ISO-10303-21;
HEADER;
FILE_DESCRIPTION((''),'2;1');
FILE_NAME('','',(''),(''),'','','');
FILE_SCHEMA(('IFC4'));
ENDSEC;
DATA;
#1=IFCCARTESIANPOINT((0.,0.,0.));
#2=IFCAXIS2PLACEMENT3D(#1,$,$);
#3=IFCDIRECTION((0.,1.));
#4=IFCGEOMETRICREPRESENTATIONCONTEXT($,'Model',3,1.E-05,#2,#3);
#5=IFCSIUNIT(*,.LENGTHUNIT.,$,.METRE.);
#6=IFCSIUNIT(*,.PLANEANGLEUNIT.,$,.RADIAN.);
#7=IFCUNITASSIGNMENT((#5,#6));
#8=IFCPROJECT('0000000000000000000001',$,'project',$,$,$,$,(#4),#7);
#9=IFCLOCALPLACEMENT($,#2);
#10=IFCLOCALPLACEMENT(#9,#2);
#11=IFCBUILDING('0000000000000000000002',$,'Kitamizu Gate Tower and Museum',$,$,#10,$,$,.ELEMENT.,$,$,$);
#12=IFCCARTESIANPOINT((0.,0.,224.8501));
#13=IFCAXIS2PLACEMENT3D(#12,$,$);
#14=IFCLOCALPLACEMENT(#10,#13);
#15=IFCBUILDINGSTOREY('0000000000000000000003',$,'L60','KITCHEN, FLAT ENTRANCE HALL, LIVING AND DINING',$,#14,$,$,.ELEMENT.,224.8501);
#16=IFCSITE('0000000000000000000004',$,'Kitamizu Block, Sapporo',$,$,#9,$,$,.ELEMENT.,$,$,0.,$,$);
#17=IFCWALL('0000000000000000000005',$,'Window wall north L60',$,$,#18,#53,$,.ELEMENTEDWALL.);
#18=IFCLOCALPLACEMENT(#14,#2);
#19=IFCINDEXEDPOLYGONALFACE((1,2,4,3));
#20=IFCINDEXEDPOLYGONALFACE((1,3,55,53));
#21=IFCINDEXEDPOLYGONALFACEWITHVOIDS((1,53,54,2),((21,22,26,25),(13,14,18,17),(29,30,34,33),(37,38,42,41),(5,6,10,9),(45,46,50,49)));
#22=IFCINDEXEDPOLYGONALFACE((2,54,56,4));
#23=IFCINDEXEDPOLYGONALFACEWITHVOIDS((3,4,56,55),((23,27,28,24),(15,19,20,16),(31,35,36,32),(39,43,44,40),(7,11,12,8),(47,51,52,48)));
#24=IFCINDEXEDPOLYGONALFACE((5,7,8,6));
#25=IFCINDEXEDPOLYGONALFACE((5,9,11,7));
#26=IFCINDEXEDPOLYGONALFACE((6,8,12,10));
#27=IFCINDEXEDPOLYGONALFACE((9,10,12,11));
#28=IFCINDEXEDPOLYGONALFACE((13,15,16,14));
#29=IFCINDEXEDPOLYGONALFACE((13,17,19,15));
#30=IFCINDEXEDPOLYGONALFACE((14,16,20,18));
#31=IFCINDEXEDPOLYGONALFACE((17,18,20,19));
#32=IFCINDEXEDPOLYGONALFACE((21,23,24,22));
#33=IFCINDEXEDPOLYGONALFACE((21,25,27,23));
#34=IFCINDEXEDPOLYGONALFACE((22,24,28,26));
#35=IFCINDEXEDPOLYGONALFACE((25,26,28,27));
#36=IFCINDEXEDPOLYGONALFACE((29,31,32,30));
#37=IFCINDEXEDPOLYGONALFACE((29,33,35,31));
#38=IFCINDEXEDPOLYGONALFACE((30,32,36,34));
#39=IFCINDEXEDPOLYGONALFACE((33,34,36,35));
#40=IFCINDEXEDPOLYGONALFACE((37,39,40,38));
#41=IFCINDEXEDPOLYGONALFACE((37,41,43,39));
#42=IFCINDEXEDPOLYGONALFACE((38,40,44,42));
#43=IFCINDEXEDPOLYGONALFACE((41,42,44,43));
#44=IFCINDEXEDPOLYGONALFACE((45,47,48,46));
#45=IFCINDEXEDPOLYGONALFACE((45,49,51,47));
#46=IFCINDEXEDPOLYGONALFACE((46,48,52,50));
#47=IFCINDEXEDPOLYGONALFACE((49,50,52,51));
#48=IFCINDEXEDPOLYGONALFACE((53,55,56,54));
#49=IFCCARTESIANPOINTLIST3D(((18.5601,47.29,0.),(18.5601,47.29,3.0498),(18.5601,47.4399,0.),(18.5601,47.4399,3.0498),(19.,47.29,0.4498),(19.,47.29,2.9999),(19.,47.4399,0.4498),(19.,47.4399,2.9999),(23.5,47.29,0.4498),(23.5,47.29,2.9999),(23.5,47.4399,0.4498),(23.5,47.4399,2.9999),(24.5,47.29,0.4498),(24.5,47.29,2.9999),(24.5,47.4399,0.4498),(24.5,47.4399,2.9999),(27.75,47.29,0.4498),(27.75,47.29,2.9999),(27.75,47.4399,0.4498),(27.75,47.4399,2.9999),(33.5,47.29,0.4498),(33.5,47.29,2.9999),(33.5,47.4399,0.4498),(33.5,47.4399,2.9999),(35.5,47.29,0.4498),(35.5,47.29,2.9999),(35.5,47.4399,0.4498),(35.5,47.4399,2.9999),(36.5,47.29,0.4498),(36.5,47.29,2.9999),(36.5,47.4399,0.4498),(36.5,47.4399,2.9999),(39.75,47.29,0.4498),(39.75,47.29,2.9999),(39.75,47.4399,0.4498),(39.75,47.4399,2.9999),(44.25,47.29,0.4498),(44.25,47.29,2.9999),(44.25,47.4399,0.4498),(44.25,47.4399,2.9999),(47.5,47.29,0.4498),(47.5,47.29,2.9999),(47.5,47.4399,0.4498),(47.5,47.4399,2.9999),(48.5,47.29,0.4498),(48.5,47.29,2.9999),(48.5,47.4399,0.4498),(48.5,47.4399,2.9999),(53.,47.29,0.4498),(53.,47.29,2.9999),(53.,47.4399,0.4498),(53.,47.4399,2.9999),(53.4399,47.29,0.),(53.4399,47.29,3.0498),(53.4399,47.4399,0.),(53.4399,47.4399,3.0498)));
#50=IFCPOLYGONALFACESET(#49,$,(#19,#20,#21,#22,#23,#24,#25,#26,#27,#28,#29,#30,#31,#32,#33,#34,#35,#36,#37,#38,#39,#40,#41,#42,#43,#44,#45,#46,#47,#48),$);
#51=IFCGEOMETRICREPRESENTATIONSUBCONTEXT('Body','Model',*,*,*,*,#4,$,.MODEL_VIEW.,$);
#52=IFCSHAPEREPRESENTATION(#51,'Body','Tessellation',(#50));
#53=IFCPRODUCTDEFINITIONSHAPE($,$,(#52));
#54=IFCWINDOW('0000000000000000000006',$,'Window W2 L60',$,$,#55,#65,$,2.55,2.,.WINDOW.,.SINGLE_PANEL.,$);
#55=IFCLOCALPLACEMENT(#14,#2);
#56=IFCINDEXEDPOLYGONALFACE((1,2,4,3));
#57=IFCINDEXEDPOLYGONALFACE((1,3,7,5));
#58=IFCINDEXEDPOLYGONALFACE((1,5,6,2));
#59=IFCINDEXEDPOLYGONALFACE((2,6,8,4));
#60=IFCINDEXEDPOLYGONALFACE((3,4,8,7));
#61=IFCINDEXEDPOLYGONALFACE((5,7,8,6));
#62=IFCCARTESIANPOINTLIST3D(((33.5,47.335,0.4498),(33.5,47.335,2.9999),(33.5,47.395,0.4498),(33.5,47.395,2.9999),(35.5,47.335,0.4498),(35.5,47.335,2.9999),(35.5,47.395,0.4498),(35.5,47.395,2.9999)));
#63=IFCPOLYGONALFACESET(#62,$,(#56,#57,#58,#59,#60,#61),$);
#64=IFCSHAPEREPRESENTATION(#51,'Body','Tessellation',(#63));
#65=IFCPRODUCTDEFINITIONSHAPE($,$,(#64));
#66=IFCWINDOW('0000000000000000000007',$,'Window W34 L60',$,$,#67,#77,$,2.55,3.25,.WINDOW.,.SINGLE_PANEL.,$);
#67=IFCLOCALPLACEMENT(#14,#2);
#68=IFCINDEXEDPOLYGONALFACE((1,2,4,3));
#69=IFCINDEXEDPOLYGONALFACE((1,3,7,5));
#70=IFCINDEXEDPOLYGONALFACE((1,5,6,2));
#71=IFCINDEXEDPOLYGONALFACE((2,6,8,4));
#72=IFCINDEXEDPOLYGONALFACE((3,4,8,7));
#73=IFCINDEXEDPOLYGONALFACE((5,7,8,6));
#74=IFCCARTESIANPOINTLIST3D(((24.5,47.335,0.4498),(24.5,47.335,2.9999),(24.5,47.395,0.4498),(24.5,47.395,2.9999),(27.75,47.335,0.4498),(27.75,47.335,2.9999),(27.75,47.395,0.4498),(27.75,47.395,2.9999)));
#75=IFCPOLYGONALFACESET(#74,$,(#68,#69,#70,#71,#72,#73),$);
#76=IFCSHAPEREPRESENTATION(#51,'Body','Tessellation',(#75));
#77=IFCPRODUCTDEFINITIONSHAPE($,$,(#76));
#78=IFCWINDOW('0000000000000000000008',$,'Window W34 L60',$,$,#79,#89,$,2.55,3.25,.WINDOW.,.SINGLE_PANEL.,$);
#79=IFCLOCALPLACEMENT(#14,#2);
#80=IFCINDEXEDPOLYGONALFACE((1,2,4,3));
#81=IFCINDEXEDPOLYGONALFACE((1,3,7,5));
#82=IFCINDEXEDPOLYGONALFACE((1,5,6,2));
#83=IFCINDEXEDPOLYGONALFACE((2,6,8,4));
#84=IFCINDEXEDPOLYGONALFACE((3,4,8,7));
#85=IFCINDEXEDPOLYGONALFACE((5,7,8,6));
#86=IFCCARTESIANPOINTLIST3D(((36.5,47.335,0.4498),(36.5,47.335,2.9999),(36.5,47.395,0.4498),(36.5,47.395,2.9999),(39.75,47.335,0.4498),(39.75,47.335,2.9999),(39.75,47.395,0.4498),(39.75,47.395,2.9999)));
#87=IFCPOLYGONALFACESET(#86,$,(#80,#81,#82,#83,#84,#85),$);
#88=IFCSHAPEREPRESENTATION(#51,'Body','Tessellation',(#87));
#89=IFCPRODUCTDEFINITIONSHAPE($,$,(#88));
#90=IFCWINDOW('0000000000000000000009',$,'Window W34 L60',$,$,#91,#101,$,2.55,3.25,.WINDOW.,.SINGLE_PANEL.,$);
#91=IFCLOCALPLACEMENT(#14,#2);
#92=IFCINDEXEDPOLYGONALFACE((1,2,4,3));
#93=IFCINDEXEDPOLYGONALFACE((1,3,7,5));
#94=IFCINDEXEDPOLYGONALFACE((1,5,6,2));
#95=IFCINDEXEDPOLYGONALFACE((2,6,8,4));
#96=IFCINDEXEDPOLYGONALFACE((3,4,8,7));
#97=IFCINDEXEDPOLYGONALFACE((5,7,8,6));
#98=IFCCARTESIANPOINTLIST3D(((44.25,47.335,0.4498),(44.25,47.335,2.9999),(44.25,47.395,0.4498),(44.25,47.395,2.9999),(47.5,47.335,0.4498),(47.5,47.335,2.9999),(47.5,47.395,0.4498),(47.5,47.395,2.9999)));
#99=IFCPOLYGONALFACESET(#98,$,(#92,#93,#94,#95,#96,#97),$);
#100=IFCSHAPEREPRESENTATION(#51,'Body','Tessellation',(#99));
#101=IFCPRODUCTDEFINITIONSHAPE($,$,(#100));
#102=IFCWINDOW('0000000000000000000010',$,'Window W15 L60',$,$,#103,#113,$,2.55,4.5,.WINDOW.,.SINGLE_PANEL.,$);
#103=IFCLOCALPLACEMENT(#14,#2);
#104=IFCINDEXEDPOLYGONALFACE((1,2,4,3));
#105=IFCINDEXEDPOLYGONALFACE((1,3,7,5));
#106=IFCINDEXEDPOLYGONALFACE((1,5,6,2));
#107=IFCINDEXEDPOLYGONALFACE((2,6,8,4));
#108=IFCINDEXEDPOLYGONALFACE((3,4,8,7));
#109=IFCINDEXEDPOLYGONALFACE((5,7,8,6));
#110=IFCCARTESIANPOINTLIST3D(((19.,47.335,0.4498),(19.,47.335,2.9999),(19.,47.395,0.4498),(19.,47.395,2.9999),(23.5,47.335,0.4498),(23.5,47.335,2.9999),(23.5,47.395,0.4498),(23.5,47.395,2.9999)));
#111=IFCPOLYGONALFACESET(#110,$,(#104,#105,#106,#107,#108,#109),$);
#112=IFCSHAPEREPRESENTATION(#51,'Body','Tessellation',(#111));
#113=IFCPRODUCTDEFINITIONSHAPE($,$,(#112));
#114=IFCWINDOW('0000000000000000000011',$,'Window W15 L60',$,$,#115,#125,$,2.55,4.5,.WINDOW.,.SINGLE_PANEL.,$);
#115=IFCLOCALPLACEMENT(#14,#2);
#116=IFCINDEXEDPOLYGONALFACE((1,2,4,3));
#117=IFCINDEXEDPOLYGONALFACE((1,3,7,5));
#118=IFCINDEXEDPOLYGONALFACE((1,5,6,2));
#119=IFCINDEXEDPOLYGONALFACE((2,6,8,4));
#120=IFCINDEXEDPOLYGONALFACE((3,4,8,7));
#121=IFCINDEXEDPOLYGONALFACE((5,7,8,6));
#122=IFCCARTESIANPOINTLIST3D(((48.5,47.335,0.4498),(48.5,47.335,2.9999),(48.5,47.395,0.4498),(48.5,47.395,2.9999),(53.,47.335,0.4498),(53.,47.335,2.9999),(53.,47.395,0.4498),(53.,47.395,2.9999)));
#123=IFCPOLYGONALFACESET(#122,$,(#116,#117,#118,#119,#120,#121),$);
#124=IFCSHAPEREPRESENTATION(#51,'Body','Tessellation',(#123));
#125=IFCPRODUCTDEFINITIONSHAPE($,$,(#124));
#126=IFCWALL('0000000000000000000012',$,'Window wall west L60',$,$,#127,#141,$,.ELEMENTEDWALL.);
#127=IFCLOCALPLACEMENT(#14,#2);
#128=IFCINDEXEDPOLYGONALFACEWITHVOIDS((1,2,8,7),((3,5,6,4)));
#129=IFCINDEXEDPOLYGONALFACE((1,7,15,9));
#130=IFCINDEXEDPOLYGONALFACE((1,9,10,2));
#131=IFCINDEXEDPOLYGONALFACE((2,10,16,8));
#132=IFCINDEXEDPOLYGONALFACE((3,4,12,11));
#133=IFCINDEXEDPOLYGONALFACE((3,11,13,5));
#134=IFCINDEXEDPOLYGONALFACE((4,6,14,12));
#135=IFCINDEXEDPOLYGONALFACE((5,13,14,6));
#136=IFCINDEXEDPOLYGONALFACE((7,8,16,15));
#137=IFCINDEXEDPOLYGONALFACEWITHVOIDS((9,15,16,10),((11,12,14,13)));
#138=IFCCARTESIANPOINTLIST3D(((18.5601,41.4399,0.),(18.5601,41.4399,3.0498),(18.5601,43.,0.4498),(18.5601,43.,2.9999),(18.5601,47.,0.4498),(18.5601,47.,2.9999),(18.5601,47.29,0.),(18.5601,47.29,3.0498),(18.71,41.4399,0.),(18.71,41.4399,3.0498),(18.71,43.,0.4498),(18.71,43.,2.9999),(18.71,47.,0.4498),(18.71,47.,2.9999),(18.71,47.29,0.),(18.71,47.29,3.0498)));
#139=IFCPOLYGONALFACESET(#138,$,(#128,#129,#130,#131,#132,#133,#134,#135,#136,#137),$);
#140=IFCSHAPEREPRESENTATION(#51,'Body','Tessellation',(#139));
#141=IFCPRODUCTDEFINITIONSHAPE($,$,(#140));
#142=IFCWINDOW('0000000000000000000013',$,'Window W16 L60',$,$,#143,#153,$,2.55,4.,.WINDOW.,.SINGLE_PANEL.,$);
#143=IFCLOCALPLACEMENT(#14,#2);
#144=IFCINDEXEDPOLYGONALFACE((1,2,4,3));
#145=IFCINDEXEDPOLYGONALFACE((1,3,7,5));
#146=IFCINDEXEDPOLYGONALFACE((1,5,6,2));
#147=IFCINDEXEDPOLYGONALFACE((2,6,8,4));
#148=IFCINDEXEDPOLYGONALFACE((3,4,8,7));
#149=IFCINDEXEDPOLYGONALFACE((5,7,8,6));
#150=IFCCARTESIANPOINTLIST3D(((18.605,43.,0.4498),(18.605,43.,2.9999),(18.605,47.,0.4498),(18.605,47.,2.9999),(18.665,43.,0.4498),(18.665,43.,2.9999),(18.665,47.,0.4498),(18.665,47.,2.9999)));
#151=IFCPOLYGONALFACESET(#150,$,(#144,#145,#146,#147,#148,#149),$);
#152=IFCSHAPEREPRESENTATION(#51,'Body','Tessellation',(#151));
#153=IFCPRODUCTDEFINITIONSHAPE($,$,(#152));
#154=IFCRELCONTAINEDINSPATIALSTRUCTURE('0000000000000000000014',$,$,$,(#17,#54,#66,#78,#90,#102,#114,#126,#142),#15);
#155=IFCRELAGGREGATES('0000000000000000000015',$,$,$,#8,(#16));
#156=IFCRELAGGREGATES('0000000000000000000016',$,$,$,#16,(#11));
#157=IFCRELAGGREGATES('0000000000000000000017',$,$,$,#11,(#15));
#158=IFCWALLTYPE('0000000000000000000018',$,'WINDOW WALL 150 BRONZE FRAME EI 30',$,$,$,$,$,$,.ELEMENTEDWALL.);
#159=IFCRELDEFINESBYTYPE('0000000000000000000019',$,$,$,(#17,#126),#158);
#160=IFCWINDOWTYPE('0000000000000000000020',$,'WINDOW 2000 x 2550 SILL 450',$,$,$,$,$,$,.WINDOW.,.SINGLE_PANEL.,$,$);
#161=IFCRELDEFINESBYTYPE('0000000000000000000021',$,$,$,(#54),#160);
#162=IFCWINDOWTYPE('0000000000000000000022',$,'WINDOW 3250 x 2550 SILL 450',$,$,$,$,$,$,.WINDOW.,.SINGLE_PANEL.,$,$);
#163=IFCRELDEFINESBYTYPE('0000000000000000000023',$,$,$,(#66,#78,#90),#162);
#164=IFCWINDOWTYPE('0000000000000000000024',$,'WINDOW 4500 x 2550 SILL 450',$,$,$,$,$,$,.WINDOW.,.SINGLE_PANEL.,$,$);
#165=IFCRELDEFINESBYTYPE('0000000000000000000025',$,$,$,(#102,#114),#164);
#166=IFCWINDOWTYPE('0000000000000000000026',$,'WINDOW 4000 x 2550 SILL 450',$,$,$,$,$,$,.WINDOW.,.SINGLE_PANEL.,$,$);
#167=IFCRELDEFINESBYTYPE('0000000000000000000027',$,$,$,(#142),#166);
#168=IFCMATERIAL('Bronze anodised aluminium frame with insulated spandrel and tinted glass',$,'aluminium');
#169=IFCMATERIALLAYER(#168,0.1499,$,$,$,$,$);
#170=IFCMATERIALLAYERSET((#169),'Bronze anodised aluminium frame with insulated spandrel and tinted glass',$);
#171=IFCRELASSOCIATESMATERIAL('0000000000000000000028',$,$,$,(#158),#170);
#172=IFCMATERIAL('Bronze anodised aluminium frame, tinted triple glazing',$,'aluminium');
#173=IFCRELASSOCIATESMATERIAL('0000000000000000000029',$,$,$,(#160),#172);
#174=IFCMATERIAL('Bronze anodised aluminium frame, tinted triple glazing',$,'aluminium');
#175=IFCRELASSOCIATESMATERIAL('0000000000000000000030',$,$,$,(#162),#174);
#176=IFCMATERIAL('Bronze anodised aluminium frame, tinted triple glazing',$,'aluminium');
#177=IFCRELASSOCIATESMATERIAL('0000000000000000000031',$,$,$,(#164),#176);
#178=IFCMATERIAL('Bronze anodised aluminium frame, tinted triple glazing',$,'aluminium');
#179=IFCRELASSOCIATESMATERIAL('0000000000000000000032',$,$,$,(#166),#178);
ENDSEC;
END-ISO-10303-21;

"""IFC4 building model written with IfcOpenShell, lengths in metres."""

from ifc_helpers import new_model, si_unit, direction, frame, frame_2d, origin, place, context, subcontext, project, spatial, rectangle, extrude, material, layer, layer_set, type_object, element, fill, save


model = new_model("IFC4")

# Units and contexts
model_context = context("Model", 3, precision=1e-05, world=origin(), true_north=direction((0.0, 1.0)))
body_context = subcontext(model_context, "Body", "Model", "MODEL_VIEW")
ifc_project = project(units=[si_unit("LENGTHUNIT", "METRE"), si_unit("PLANEANGLEUNIT", "RADIAN")], contexts=[model_context])

# Site, building, storey
site_placement = place(None, origin())
site = spatial("IfcSite", under=ifc_project, at=site_placement, Name="Kitamizu Block, Sapporo", CompositionType="ELEMENT", RefElevation=0.0)
building_placement = place(site_placement, origin())
building = spatial("IfcBuilding", under=site, at=building_placement, Name="Kitamizu Gate Tower and Museum", CompositionType="ELEMENT")
storey_placement = place(building_placement, frame((0.0, 0.0, 224.8501)))
storey = spatial("IfcBuildingStorey", under=building, at=storey_placement, Name="L60", Description="KITCHEN, FLAT ENTRANCE HALL, LIVING AND DINING", CompositionType="ELEMENT", Elevation=224.8501)

# Wall, openings, windows
ifc_material_1 = material(Name="Bronze anodised aluminium frame with insulated spandrel and tinted glass", Category="aluminium")
ifc_layer_1 = layer(ifc_material_1, 0.1499)
ifc_layer_set_1 = layer_set([ifc_layer_1], Name="Bronze anodised aluminium frame with insulated spandrel and tinted glass")
wall_type_1 = type_object("IfcWallType", Name="WINDOW WALL 150 BRONZE FRAME EI 30", PredefinedType="ELEMENTEDWALL", material=ifc_layer_set_1)
wall_1_placement = place(storey_placement, frame((18.5601, 47.365, 0.0), z_axis=(0.0, 0.0, 1.0), x_axis=(1.0, 0.0, 0.0)))
wall_1 = element("IfcWall", 1, at=wall_1_placement, inside=storey, type_object=wall_type_1, Name="Window wall north L60", PredefinedType="ELEMENTEDWALL", context=body_context, shape_type="SweptSolid", body=[
    extrude(rectangle(XDim=34.8799, YDim=0.1499, at=frame_2d((17.4399, 0.0))), origin(), (0.0, 0.0, 1.0), 3.0498),
])
opening_1_placement = place(wall_1_placement, frame((0.4399, 0.0, 0.45)))
opening_1 = element("IfcOpeningElement", 2, at=opening_1_placement, cuts=wall_1, PredefinedType="OPENING", context=body_context, shape_type="SweptSolid", body=[
    extrude(rectangle(XDim=4.5, YDim=2.55, at=frame_2d((2.25, 1.2749))), frame((0.0, 0.085, 0.0), z_axis=(0.0, -1.0, 0.0), x_axis=(1.0, 0.0, 0.0)), (0.0, 0.0, 1.0), 0.1699),
])
opening_2_placement = place(wall_1_placement, frame((5.9399, 0.0, 0.45)))
opening_2 = element("IfcOpeningElement", 3, at=opening_2_placement, cuts=wall_1, PredefinedType="OPENING", context=body_context, shape_type="SweptSolid", body=[
    extrude(rectangle(XDim=3.25, YDim=2.55, at=frame_2d((1.625, 1.2749))), frame((0.0, 0.085, 0.0), z_axis=(0.0, -1.0, 0.0), x_axis=(1.0, 0.0, 0.0)), (0.0, 0.0, 1.0), 0.1699),
])
opening_3_placement = place(wall_1_placement, frame((14.9399, 0.0, 0.45)))
opening_3 = element("IfcOpeningElement", 4, at=opening_3_placement, cuts=wall_1, PredefinedType="OPENING", context=body_context, shape_type="SweptSolid", body=[
    extrude(rectangle(XDim=2.0, YDim=2.55, at=frame_2d((1.0, 1.2749))), frame((0.0, 0.085, 0.0), z_axis=(0.0, -1.0, 0.0), x_axis=(1.0, 0.0, 0.0)), (0.0, 0.0, 1.0), 0.1699),
])
opening_4_placement = place(wall_1_placement, frame((17.9399, 0.0, 0.45)))
opening_4 = element("IfcOpeningElement", 5, at=opening_4_placement, cuts=wall_1, PredefinedType="OPENING", context=body_context, shape_type="SweptSolid", body=[
    extrude(rectangle(XDim=3.25, YDim=2.55, at=frame_2d((1.625, 1.2749))), frame((0.0, 0.085, 0.0), z_axis=(0.0, -1.0, 0.0), x_axis=(1.0, 0.0, 0.0)), (0.0, 0.0, 1.0), 0.1699),
])
opening_5_placement = place(wall_1_placement, frame((25.6899, 0.0, 0.45)))
opening_5 = element("IfcOpeningElement", 6, at=opening_5_placement, cuts=wall_1, PredefinedType="OPENING", context=body_context, shape_type="SweptSolid", body=[
    extrude(rectangle(XDim=3.25, YDim=2.55, at=frame_2d((1.625, 1.2749))), frame((0.0, 0.085, 0.0), z_axis=(0.0, -1.0, 0.0), x_axis=(1.0, 0.0, 0.0)), (0.0, 0.0, 1.0), 0.1699),
])
opening_6_placement = place(wall_1_placement, frame((29.9399, 0.0, 0.45)))
opening_6 = element("IfcOpeningElement", 7, at=opening_6_placement, cuts=wall_1, PredefinedType="OPENING", context=body_context, shape_type="SweptSolid", body=[
    extrude(rectangle(XDim=4.5, YDim=2.55, at=frame_2d((2.25, 1.2749))), frame((0.0, 0.085, 0.0), z_axis=(0.0, -1.0, 0.0), x_axis=(1.0, 0.0, 0.0)), (0.0, 0.0, 1.0), 0.1699),
])
ifc_material_2 = material(Name="Bronze anodised aluminium frame, tinted triple glazing", Category="aluminium")
window_type_1 = type_object("IfcWindowType", Name="WINDOW 2000 x 2550 SILL 450", PartitioningType="SINGLE_PANEL", PredefinedType="WINDOW", material=ifc_material_2)
window_1_placement = place(opening_3_placement, origin())
window_1 = element("IfcWindow", 8, at=window_1_placement, inside=storey, type_object=window_type_1, Name="Window W2 L60", OverallHeight=2.55, OverallWidth=2.0, PartitioningType="SINGLE_PANEL", PredefinedType="WINDOW", context=body_context, shape_type="SweptSolid", body=[
    extrude(rectangle(XDim=2.0, YDim=2.55, at=frame_2d((1.0, 1.2749))), frame((0.0, 0.03, 0.0), z_axis=(0.0, -1.0, 0.0), x_axis=(1.0, 0.0, 0.0)), (0.0, 0.0, 1.0), 0.0601),
])
fill(opening_3, window_1)
ifc_material_3 = material(Name="Bronze anodised aluminium frame, tinted triple glazing", Category="aluminium")
window_type_2 = type_object("IfcWindowType", Name="WINDOW 3250 x 2550 SILL 450", PartitioningType="SINGLE_PANEL", PredefinedType="WINDOW", material=ifc_material_3)
window_2_placement = place(opening_2_placement, origin())
window_2 = element("IfcWindow", 9, at=window_2_placement, inside=storey, type_object=window_type_2, Name="Window W34 L60", OverallHeight=2.55, OverallWidth=3.25, PartitioningType="SINGLE_PANEL", PredefinedType="WINDOW", context=body_context, shape_type="SweptSolid", body=[
    extrude(rectangle(XDim=3.25, YDim=2.55, at=frame_2d((1.625, 1.2749))), frame((0.0, 0.03, 0.0), z_axis=(0.0, -1.0, 0.0), x_axis=(1.0, 0.0, 0.0)), (0.0, 0.0, 1.0), 0.0601),
])
fill(opening_2, window_2)
window_3_placement = place(opening_4_placement, origin())
window_3 = element("IfcWindow", 10, at=window_3_placement, inside=storey, type_object=window_type_2, Name="Window W34 L60", OverallHeight=2.55, OverallWidth=3.25, PartitioningType="SINGLE_PANEL", PredefinedType="WINDOW", context=body_context, shape_type="SweptSolid", body=[
    extrude(rectangle(XDim=3.25, YDim=2.55, at=frame_2d((1.625, 1.2749))), frame((0.0, 0.03, 0.0), z_axis=(0.0, -1.0, 0.0), x_axis=(1.0, 0.0, 0.0)), (0.0, 0.0, 1.0), 0.0601),
])
fill(opening_4, window_3)
window_4_placement = place(opening_5_placement, origin())
window_4 = element("IfcWindow", 11, at=window_4_placement, inside=storey, type_object=window_type_2, Name="Window W34 L60", OverallHeight=2.55, OverallWidth=3.25, PartitioningType="SINGLE_PANEL", PredefinedType="WINDOW", context=body_context, shape_type="SweptSolid", body=[
    extrude(rectangle(XDim=3.25, YDim=2.55, at=frame_2d((1.625, 1.2749))), frame((0.0, 0.03, 0.0), z_axis=(0.0, -1.0, 0.0), x_axis=(1.0, 0.0, 0.0)), (0.0, 0.0, 1.0), 0.0601),
])
fill(opening_5, window_4)
ifc_material_4 = material(Name="Bronze anodised aluminium frame, tinted triple glazing", Category="aluminium")
window_type_3 = type_object("IfcWindowType", Name="WINDOW 4500 x 2550 SILL 450", PartitioningType="SINGLE_PANEL", PredefinedType="WINDOW", material=ifc_material_4)
window_5_placement = place(opening_1_placement, origin())
window_5 = element("IfcWindow", 12, at=window_5_placement, inside=storey, type_object=window_type_3, Name="Window W15 L60", OverallHeight=2.55, OverallWidth=4.5, PartitioningType="SINGLE_PANEL", PredefinedType="WINDOW", context=body_context, shape_type="SweptSolid", body=[
    extrude(rectangle(XDim=4.5, YDim=2.55, at=frame_2d((2.25, 1.2749))), frame((0.0, 0.03, 0.0), z_axis=(0.0, -1.0, 0.0), x_axis=(1.0, 0.0, 0.0)), (0.0, 0.0, 1.0), 0.0601),
])
fill(opening_1, window_5)
window_6_placement = place(opening_6_placement, origin())
window_6 = element("IfcWindow", 13, at=window_6_placement, inside=storey, type_object=window_type_3, Name="Window W15 L60", OverallHeight=2.55, OverallWidth=4.5, PartitioningType="SINGLE_PANEL", PredefinedType="WINDOW", context=body_context, shape_type="SweptSolid", body=[
    extrude(rectangle(XDim=4.5, YDim=2.55, at=frame_2d((2.25, 1.2749))), frame((0.0, 0.03, 0.0), z_axis=(0.0, -1.0, 0.0), x_axis=(1.0, 0.0, 0.0)), (0.0, 0.0, 1.0), 0.0601),
])
fill(opening_6, window_6)

# Wall, opening, window
wall_2_placement = place(storey_placement, frame((18.635, 41.4399, 0.0), z_axis=(0.0, 0.0, 1.0), x_axis=(0.0, 1.0, 0.0)))
wall_2 = element("IfcWall", 14, at=wall_2_placement, inside=storey, type_object=wall_type_1, Name="Window wall west L60", PredefinedType="ELEMENTEDWALL", context=body_context, shape_type="SweptSolid", body=[
    extrude(rectangle(XDim=5.8501, YDim=0.1499, at=frame_2d((2.925, 0.0))), origin(), (0.0, 0.0, 1.0), 3.0498),
])
opening_7_placement = place(wall_2_placement, frame((1.5601, 0.0, 0.45)))
opening_7 = element("IfcOpeningElement", 15, at=opening_7_placement, cuts=wall_2, PredefinedType="OPENING", context=body_context, shape_type="SweptSolid", body=[
    extrude(rectangle(XDim=4.0, YDim=2.55, at=frame_2d((2.0, 1.2749))), frame((0.0, 0.085, 0.0), z_axis=(0.0, -1.0, 0.0), x_axis=(1.0, 0.0, 0.0)), (0.0, 0.0, 1.0), 0.1699),
])
ifc_material_5 = material(Name="Bronze anodised aluminium frame, tinted triple glazing", Category="aluminium")
window_type_4 = type_object("IfcWindowType", Name="WINDOW 4000 x 2550 SILL 450", PartitioningType="SINGLE_PANEL", PredefinedType="WINDOW", material=ifc_material_5)
window_7_placement = place(opening_7_placement, origin())
window_7 = element("IfcWindow", 16, at=window_7_placement, inside=storey, type_object=window_type_4, Name="Window W16 L60", OverallHeight=2.55, OverallWidth=4.0, PartitioningType="SINGLE_PANEL", PredefinedType="WINDOW", context=body_context, shape_type="SweptSolid", body=[
    extrude(rectangle(XDim=4.0, YDim=2.55, at=frame_2d((2.0, 1.2749))), frame((0.0, 0.03, 0.0), z_axis=(0.0, -1.0, 0.0), x_axis=(1.0, 0.0, 0.0)), (0.0, 0.0, 1.0), 0.0601),
])
fill(opening_7, window_7)

save(model, "model.ifc")
